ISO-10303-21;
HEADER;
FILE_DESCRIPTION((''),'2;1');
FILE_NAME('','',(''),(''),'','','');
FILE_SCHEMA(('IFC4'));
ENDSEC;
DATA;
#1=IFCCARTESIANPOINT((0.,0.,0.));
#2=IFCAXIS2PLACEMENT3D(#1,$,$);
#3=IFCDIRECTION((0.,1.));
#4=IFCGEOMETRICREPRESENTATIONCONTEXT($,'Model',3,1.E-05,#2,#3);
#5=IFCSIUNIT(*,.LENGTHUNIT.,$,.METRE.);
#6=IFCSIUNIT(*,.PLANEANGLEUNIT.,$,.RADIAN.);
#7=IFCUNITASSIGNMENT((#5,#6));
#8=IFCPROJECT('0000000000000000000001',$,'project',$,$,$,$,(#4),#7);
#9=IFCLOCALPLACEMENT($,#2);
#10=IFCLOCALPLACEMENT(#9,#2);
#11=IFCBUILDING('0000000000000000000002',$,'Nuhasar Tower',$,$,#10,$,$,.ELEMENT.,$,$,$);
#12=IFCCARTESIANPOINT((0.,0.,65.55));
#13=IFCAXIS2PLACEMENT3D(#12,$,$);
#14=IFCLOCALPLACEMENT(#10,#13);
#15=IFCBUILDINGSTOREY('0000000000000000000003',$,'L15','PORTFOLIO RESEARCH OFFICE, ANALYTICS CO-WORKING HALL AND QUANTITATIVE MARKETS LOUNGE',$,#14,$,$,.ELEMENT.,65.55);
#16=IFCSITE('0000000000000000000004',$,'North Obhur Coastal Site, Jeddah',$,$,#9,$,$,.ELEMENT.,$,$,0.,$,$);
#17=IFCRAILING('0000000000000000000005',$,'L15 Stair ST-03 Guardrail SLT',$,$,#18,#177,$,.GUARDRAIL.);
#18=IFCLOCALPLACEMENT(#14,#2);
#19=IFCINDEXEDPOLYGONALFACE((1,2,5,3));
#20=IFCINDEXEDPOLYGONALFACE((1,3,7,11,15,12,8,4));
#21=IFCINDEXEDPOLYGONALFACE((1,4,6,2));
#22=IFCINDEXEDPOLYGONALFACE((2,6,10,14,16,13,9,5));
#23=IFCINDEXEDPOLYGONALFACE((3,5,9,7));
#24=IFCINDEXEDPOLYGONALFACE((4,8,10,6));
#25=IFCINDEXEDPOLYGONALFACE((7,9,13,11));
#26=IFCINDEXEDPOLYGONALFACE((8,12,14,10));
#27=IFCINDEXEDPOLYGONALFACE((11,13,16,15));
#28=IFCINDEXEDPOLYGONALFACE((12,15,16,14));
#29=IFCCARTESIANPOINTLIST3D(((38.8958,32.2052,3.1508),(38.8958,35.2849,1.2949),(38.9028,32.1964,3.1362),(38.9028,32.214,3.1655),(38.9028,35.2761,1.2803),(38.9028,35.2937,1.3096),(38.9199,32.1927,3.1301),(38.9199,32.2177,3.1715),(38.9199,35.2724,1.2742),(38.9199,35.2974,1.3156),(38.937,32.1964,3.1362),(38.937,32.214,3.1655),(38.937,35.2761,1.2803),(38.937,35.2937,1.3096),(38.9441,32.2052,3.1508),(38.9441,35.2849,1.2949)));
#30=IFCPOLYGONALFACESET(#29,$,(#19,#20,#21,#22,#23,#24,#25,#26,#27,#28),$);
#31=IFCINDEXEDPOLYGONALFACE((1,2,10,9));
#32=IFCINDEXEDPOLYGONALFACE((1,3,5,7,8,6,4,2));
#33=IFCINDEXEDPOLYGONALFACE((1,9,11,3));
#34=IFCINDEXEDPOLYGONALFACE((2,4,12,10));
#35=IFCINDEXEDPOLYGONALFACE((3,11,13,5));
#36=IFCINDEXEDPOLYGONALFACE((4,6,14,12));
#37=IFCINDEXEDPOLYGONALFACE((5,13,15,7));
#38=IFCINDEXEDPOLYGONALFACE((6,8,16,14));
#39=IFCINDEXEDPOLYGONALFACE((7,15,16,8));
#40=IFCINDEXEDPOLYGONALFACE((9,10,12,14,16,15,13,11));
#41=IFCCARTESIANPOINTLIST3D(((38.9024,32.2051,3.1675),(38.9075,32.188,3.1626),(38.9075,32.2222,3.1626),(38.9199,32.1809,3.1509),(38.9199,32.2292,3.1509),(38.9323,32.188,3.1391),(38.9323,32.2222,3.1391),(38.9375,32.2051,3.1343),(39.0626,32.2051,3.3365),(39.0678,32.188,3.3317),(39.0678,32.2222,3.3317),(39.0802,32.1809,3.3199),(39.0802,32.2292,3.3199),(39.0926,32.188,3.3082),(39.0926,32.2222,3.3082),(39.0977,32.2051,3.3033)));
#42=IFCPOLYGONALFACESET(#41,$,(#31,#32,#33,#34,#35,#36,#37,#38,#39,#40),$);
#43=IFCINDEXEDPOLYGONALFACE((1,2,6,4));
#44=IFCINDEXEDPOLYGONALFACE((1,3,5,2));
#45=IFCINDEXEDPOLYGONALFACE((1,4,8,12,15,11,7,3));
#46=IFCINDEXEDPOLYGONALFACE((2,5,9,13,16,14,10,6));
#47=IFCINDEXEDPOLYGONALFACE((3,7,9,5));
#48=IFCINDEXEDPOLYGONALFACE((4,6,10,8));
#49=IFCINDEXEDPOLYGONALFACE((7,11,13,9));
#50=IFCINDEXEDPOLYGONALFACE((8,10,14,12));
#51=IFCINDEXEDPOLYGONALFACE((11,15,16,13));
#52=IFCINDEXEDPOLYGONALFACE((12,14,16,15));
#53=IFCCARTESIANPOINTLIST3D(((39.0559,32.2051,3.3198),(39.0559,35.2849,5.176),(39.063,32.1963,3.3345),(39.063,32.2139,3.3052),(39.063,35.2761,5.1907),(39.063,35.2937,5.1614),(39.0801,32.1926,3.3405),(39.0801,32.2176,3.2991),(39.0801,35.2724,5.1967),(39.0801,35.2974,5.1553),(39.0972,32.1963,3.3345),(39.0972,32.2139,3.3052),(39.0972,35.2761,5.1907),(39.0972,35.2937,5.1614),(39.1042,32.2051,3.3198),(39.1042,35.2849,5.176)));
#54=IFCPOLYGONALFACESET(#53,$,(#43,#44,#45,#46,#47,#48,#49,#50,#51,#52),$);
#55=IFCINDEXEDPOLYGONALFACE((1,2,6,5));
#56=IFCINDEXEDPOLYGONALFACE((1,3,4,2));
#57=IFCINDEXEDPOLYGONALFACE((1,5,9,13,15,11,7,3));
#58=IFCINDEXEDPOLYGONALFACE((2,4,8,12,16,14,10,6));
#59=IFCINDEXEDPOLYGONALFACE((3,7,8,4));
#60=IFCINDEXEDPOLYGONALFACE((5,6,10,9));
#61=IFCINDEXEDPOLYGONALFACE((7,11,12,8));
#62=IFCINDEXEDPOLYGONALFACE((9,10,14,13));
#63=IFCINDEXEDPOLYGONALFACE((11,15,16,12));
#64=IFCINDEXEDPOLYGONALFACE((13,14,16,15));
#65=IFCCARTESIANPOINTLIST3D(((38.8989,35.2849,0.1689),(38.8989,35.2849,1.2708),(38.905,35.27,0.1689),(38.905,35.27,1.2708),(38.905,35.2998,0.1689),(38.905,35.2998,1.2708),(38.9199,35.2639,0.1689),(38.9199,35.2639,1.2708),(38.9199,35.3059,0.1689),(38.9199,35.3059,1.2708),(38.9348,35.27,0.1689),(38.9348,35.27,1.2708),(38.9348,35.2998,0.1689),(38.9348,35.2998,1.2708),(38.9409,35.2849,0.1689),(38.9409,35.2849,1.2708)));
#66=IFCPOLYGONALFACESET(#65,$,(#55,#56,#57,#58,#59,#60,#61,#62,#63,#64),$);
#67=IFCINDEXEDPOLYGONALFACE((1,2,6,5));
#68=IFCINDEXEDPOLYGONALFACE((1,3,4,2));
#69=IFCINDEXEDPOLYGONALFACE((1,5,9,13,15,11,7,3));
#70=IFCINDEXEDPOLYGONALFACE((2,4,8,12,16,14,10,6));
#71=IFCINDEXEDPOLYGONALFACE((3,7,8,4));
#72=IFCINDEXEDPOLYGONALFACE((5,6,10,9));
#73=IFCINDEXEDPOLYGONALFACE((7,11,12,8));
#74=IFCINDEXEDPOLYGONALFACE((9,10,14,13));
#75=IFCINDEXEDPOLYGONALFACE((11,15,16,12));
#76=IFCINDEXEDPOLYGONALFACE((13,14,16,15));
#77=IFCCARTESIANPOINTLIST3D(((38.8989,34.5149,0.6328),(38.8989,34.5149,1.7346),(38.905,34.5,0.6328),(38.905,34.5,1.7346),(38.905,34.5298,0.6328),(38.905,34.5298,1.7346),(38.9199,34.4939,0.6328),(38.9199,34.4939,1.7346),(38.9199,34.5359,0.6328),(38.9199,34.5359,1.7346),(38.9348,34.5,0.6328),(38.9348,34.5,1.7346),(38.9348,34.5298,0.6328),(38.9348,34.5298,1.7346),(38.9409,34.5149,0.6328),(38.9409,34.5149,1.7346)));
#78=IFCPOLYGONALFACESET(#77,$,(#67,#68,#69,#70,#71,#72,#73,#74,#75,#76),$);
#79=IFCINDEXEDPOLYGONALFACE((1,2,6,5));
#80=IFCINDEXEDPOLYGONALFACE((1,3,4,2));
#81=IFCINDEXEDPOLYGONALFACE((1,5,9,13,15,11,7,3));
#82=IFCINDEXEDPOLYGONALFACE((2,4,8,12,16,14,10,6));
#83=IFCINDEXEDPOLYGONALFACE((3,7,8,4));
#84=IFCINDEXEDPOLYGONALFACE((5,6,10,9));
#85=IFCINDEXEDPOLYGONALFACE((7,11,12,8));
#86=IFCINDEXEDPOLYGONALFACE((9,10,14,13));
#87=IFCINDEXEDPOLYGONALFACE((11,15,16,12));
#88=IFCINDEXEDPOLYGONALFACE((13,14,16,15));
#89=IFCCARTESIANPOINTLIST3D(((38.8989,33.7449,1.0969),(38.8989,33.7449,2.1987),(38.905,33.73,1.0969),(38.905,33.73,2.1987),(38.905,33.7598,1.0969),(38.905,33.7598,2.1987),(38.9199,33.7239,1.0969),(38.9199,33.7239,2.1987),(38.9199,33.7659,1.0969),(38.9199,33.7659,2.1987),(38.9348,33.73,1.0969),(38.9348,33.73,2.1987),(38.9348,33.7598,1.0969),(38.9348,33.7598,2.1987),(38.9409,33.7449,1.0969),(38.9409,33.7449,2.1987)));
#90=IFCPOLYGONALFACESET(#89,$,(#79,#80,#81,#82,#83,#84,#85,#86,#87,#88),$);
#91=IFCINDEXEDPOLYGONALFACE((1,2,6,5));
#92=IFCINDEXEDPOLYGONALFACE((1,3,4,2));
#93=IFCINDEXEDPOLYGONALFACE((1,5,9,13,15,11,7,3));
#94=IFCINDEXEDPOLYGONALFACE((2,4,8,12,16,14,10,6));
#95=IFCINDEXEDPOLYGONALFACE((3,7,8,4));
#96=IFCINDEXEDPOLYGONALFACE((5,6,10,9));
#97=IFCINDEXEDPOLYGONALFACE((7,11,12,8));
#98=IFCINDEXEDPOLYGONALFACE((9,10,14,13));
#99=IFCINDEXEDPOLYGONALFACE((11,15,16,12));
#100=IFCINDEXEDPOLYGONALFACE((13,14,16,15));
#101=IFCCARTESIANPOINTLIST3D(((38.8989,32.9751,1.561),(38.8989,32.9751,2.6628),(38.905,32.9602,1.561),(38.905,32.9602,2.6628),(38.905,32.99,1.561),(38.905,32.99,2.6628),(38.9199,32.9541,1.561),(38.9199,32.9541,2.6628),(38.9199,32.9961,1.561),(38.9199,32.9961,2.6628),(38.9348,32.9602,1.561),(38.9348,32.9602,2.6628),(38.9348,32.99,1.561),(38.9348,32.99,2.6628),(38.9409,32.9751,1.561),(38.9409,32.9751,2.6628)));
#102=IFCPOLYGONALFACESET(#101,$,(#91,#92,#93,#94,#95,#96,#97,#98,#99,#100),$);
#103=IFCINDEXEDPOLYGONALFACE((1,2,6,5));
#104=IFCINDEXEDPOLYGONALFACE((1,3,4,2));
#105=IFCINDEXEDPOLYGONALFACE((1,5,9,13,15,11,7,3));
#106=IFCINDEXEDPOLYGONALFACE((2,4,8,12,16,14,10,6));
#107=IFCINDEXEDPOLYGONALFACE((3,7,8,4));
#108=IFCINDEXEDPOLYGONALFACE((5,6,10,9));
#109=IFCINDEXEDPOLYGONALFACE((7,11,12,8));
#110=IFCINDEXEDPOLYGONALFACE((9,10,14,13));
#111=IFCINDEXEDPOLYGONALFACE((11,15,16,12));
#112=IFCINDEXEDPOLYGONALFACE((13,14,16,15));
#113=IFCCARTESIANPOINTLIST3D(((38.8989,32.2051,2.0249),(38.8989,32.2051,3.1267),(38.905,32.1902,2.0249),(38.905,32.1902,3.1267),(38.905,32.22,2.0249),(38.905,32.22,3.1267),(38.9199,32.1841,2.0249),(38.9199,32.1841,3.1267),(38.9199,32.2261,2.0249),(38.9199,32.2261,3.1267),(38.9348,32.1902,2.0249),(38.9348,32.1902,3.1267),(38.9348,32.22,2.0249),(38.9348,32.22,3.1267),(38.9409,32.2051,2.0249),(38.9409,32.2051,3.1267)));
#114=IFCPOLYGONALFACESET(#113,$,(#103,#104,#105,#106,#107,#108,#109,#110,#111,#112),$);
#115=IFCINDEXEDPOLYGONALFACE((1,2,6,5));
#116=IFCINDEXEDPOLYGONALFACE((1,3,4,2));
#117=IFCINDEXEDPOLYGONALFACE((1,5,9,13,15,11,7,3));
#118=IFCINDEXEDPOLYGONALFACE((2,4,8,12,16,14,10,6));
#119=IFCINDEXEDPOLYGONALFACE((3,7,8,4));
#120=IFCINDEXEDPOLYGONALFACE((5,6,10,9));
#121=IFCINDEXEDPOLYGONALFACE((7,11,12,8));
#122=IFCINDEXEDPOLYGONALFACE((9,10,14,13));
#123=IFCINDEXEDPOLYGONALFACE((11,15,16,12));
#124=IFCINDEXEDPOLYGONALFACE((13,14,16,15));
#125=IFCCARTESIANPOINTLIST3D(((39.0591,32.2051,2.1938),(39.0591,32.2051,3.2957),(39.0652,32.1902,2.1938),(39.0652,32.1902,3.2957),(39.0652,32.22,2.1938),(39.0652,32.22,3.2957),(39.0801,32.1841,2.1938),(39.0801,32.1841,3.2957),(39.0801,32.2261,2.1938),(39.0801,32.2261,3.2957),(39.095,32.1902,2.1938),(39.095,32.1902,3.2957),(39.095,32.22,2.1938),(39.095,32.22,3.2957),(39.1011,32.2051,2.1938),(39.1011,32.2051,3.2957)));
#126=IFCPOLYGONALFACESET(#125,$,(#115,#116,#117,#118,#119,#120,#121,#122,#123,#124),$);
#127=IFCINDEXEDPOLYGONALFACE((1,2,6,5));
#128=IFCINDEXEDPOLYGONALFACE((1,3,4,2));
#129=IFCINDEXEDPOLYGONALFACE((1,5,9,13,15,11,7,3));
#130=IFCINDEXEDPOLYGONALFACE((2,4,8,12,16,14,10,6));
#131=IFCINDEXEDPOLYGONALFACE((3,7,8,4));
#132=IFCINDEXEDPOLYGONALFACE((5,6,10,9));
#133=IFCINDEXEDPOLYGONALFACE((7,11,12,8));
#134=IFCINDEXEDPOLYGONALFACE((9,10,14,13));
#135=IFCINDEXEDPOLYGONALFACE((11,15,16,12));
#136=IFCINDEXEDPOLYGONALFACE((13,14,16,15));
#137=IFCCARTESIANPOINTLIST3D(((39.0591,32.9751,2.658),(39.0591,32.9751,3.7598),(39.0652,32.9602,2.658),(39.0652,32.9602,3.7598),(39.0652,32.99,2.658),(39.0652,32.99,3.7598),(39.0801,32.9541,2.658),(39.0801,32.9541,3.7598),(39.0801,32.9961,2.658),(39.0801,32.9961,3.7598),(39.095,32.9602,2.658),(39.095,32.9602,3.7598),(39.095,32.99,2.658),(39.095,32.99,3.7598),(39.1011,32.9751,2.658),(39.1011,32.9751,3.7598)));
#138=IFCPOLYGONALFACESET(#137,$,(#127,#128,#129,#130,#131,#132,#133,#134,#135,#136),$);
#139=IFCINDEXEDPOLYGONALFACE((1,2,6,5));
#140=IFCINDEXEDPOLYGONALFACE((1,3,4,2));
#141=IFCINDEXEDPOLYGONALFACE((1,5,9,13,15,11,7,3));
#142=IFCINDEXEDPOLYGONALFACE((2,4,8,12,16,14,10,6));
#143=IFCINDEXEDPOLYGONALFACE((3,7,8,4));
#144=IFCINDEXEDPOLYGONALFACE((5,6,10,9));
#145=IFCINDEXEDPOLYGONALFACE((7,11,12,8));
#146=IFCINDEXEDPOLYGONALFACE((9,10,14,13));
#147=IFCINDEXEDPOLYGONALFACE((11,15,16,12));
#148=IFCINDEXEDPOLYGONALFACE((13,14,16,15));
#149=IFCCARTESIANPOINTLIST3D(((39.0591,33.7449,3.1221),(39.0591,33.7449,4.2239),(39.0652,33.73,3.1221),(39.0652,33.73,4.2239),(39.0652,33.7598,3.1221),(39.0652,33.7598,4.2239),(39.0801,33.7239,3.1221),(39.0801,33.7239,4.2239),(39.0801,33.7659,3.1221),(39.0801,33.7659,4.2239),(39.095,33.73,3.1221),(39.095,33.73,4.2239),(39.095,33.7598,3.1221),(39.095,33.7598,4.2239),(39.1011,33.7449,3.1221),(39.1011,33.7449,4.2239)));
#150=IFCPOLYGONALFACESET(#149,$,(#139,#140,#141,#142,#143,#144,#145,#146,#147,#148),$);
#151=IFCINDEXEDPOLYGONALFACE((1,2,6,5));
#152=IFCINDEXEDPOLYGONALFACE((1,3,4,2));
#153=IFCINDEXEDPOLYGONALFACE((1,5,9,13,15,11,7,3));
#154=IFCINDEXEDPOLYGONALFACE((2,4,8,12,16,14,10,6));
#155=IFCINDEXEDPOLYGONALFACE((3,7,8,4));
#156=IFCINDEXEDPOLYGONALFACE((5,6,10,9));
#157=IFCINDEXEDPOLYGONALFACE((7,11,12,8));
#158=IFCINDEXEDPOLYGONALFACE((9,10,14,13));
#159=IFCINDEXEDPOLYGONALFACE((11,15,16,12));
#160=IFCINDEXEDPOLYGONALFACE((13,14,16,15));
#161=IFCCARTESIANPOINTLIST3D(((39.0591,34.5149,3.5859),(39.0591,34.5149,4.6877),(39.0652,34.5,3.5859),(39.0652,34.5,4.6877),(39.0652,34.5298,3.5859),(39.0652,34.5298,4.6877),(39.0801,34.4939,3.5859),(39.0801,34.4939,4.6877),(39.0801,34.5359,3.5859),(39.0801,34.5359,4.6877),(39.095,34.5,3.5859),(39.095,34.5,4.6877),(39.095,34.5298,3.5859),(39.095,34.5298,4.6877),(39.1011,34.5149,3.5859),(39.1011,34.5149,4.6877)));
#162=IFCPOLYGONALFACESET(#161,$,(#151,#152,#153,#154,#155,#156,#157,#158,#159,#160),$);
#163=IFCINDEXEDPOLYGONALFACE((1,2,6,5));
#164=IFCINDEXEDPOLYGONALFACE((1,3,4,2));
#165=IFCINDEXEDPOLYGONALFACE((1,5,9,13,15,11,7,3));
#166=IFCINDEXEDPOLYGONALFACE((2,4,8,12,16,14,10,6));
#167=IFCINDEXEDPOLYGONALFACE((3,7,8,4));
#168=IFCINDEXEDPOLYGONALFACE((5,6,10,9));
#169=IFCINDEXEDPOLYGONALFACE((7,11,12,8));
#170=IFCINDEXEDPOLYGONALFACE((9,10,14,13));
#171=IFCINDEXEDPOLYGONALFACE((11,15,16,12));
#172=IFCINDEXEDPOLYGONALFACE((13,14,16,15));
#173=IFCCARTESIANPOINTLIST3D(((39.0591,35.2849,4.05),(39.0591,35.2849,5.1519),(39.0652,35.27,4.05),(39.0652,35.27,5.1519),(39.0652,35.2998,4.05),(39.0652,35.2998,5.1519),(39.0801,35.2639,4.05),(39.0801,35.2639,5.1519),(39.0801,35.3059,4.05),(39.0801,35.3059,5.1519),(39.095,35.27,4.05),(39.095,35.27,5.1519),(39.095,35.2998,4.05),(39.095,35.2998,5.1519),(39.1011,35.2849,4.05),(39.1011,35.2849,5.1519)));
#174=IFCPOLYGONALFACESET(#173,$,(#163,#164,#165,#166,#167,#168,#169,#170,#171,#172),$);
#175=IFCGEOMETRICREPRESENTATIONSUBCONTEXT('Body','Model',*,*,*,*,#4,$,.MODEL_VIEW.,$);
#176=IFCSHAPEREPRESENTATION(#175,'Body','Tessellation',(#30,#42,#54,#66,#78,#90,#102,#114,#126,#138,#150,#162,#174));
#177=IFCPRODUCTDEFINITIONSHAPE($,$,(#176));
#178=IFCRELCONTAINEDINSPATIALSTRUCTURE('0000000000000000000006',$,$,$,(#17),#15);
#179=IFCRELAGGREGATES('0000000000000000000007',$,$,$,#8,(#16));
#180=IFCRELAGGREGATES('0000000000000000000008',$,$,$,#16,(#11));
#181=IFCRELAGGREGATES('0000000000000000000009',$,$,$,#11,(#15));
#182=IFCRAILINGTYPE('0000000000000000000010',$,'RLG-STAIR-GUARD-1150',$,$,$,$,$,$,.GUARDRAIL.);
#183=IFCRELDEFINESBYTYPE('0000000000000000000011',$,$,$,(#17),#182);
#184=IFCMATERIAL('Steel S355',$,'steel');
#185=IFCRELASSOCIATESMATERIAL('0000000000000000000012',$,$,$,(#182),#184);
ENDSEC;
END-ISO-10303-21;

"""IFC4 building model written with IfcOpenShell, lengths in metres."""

from ifc_helpers import new_model, si_unit, direction, frame, origin, place, context, subcontext, project, spatial, polyline, outline, extrude, material, type_object, element, save


model = new_model("IFC4")

# Units and contexts
model_context = context("Model", 3, precision=1e-05, world=origin(), true_north=direction((0.0, 1.0)))
body_context = subcontext(model_context, "Body", "Model", "MODEL_VIEW")
ifc_project = project(units=[si_unit("LENGTHUNIT", "METRE"), si_unit("PLANEANGLEUNIT", "RADIAN")], contexts=[model_context])

# Site, building, storey
site_placement = place(None, origin())
site = spatial("IfcSite", under=ifc_project, at=site_placement, Name="North Obhur Coastal Site, Jeddah", CompositionType="ELEMENT", RefElevation=0.0)
building_placement = place(site_placement, origin())
building = spatial("IfcBuilding", under=site, at=building_placement, Name="Nuhasar Tower", CompositionType="ELEMENT")
storey_placement = place(building_placement, frame((0.0, 0.0, 65.55)))
storey = spatial("IfcBuildingStorey", under=building, at=storey_placement, Name="L15", Description="PORTFOLIO RESEARCH OFFICE, ANALYTICS CO-WORKING HALL AND QUANTITATIVE MARKETS LOUNGE", CompositionType="ELEMENT", Elevation=65.55)

# Shared definitions
ifc_material_1 = material(Name="Steel S355", Category="steel")

# Railing
railing_type_1 = type_object("IfcRailingType", Name="RLG-STAIR-GUARD-1150", PredefinedType="GUARDRAIL", material=ifc_material_1)
railing_1_placement = place(storey_placement, frame((38.9199, 35.2849, 0.1689)))
element("IfcRailing", 1, at=railing_1_placement, inside=storey, type_object=railing_type_1, Name="L15 Stair ST-03 Guardrail SLT", PredefinedType="GUARDRAIL", context=body_context, shape_type="SweptSolid", body=[
    extrude(outline(polyline([(0.0242, 0.0), (0.0171, 0.0171), (0.0, 0.0242), (-0.0171, 0.0171), (-0.0242, 0.0), (-0.0171, -0.0171), (0.0, -0.0242), (0.0171, -0.0171), (0.0242, 0.0)])), frame((0.0, 0.0, 1.126), z_axis=(0.0, -0.856503, 0.516142), x_axis=(1.0, 0.0, 0.0)), (0.0, 0.0, 1.0), 3.5957),
    extrude(outline(polyline([(0.0242, 0.0), (0.0171, 0.0171), (0.0, 0.0242), (-0.0171, 0.0171), (-0.0242, 0.0), (-0.0171, -0.0171), (0.0, -0.0242), (0.0171, -0.0171), (0.0242, 0.0)])), frame((0.0, -3.0798, 2.9819), z_axis=(0.687977, 0.0, 0.725732), x_axis=(0.0, 1.0, 0.0)), (0.0, 0.0, 1.0), 0.2329),
    extrude(outline(polyline([(0.0242, 0.0), (0.0171, 0.0171), (0.0, 0.0242), (-0.0171, 0.0171), (-0.0242, 0.0), (-0.0171, -0.0171), (0.0, -0.0242), (0.0171, -0.0171), (0.0242, 0.0)])), frame((0.1602, -3.0798, 3.1509), z_axis=(0.0, 0.856473, 0.516192), x_axis=(-1.0, 0.0, 0.0)), (0.0, 0.0, 1.0), 3.5959),
    extrude(outline(polyline([(0.021, 0.0), (0.0149, 0.0149), (0.0, 0.021), (-0.0149, 0.0149), (-0.021, 0.0), (-0.0149, -0.0149), (0.0, -0.021), (0.0149, -0.0149), (0.021, 0.0)])), origin(), (0.0, 0.0, 1.0), 1.1018),
    extrude(outline(polyline([(0.021, 0.0), (0.0149, 0.0149), (0.0, 0.021), (-0.0149, 0.0149), (-0.021, 0.0), (-0.0149, -0.0149), (0.0, -0.021), (0.0149, -0.0149), (0.021, 0.0)])), frame((0.0, -0.77, 0.4639)), (0.0, 0.0, 1.0), 1.1018),
    extrude(outline(polyline([(0.021, 0.0), (0.0149, 0.0149), (0.0, 0.021), (-0.0149, 0.0149), (-0.021, 0.0), (-0.0149, -0.0149), (0.0, -0.021), (0.0149, -0.0149), (0.021, 0.0)])), frame((0.0, -1.54, 0.928)), (0.0, 0.0, 1.0), 1.1018),
    extrude(outline(polyline([(0.021, 0.0), (0.0149, 0.0149), (0.0, 0.021), (-0.0149, 0.0149), (-0.021, 0.0), (-0.0149, -0.0149), (0.0, -0.021), (0.0149, -0.0149), (0.021, 0.0)])), frame((0.0, -2.3098, 1.3921)), (0.0, 0.0, 1.0), 1.1018),
    extrude(outline(polyline([(0.021, 0.0), (0.0149, 0.0149), (0.0, 0.021), (-0.0149, 0.0149), (-0.021, 0.0), (-0.0149, -0.0149), (0.0, -0.021), (0.0149, -0.0149), (0.021, 0.0)])), frame((0.0, -3.0798, 1.856)), (0.0, 0.0, 1.0), 1.1018),
    extrude(outline(polyline([(0.021, 0.0), (0.0149, 0.0149), (0.0, 0.021), (-0.0149, 0.0149), (-0.021, 0.0), (-0.0149, -0.0149), (0.0, -0.021), (0.0149, -0.0149), (0.021, 0.0)])), frame((0.1602, -3.0798, 2.0249)), (0.0, 0.0, 1.0), 1.1018),
    extrude(outline(polyline([(0.021, 0.0), (0.0149, 0.0149), (0.0, 0.021), (-0.0149, 0.0149), (-0.021, 0.0), (-0.0149, -0.0149), (0.0, -0.021), (0.0149, -0.0149), (0.021, 0.0)])), frame((0.1602, -2.3098, 2.489)), (0.0, 0.0, 1.0), 1.1018),
    extrude(outline(polyline([(0.021, 0.0), (0.0149, 0.0149), (0.0, 0.021), (-0.0149, 0.0149), (-0.021, 0.0), (-0.0149, -0.0149), (0.0, -0.021), (0.0149, -0.0149), (0.021, 0.0)])), frame((0.1602, -1.54, 2.9531)), (0.0, 0.0, 1.0), 1.1018),
    extrude(outline(polyline([(0.021, 0.0), (0.0149, 0.0149), (0.0, 0.021), (-0.0149, 0.0149), (-0.021, 0.0), (-0.0149, -0.0149), (0.0, -0.021), (0.0149, -0.0149), (0.021, 0.0)])), frame((0.1602, -0.77, 3.417)), (0.0, 0.0, 1.0), 1.1018),
    extrude(outline(polyline([(0.021, 0.0), (0.0149, 0.0149), (0.0, 0.021), (-0.0149, 0.0149), (-0.021, 0.0), (-0.0149, -0.0149), (0.0, -0.021), (0.0149, -0.0149), (0.021, 0.0)])), frame((0.1602, 0.0, 3.8811)), (0.0, 0.0, 1.0), 1.1018),
])

save(model, "model.ifc")
